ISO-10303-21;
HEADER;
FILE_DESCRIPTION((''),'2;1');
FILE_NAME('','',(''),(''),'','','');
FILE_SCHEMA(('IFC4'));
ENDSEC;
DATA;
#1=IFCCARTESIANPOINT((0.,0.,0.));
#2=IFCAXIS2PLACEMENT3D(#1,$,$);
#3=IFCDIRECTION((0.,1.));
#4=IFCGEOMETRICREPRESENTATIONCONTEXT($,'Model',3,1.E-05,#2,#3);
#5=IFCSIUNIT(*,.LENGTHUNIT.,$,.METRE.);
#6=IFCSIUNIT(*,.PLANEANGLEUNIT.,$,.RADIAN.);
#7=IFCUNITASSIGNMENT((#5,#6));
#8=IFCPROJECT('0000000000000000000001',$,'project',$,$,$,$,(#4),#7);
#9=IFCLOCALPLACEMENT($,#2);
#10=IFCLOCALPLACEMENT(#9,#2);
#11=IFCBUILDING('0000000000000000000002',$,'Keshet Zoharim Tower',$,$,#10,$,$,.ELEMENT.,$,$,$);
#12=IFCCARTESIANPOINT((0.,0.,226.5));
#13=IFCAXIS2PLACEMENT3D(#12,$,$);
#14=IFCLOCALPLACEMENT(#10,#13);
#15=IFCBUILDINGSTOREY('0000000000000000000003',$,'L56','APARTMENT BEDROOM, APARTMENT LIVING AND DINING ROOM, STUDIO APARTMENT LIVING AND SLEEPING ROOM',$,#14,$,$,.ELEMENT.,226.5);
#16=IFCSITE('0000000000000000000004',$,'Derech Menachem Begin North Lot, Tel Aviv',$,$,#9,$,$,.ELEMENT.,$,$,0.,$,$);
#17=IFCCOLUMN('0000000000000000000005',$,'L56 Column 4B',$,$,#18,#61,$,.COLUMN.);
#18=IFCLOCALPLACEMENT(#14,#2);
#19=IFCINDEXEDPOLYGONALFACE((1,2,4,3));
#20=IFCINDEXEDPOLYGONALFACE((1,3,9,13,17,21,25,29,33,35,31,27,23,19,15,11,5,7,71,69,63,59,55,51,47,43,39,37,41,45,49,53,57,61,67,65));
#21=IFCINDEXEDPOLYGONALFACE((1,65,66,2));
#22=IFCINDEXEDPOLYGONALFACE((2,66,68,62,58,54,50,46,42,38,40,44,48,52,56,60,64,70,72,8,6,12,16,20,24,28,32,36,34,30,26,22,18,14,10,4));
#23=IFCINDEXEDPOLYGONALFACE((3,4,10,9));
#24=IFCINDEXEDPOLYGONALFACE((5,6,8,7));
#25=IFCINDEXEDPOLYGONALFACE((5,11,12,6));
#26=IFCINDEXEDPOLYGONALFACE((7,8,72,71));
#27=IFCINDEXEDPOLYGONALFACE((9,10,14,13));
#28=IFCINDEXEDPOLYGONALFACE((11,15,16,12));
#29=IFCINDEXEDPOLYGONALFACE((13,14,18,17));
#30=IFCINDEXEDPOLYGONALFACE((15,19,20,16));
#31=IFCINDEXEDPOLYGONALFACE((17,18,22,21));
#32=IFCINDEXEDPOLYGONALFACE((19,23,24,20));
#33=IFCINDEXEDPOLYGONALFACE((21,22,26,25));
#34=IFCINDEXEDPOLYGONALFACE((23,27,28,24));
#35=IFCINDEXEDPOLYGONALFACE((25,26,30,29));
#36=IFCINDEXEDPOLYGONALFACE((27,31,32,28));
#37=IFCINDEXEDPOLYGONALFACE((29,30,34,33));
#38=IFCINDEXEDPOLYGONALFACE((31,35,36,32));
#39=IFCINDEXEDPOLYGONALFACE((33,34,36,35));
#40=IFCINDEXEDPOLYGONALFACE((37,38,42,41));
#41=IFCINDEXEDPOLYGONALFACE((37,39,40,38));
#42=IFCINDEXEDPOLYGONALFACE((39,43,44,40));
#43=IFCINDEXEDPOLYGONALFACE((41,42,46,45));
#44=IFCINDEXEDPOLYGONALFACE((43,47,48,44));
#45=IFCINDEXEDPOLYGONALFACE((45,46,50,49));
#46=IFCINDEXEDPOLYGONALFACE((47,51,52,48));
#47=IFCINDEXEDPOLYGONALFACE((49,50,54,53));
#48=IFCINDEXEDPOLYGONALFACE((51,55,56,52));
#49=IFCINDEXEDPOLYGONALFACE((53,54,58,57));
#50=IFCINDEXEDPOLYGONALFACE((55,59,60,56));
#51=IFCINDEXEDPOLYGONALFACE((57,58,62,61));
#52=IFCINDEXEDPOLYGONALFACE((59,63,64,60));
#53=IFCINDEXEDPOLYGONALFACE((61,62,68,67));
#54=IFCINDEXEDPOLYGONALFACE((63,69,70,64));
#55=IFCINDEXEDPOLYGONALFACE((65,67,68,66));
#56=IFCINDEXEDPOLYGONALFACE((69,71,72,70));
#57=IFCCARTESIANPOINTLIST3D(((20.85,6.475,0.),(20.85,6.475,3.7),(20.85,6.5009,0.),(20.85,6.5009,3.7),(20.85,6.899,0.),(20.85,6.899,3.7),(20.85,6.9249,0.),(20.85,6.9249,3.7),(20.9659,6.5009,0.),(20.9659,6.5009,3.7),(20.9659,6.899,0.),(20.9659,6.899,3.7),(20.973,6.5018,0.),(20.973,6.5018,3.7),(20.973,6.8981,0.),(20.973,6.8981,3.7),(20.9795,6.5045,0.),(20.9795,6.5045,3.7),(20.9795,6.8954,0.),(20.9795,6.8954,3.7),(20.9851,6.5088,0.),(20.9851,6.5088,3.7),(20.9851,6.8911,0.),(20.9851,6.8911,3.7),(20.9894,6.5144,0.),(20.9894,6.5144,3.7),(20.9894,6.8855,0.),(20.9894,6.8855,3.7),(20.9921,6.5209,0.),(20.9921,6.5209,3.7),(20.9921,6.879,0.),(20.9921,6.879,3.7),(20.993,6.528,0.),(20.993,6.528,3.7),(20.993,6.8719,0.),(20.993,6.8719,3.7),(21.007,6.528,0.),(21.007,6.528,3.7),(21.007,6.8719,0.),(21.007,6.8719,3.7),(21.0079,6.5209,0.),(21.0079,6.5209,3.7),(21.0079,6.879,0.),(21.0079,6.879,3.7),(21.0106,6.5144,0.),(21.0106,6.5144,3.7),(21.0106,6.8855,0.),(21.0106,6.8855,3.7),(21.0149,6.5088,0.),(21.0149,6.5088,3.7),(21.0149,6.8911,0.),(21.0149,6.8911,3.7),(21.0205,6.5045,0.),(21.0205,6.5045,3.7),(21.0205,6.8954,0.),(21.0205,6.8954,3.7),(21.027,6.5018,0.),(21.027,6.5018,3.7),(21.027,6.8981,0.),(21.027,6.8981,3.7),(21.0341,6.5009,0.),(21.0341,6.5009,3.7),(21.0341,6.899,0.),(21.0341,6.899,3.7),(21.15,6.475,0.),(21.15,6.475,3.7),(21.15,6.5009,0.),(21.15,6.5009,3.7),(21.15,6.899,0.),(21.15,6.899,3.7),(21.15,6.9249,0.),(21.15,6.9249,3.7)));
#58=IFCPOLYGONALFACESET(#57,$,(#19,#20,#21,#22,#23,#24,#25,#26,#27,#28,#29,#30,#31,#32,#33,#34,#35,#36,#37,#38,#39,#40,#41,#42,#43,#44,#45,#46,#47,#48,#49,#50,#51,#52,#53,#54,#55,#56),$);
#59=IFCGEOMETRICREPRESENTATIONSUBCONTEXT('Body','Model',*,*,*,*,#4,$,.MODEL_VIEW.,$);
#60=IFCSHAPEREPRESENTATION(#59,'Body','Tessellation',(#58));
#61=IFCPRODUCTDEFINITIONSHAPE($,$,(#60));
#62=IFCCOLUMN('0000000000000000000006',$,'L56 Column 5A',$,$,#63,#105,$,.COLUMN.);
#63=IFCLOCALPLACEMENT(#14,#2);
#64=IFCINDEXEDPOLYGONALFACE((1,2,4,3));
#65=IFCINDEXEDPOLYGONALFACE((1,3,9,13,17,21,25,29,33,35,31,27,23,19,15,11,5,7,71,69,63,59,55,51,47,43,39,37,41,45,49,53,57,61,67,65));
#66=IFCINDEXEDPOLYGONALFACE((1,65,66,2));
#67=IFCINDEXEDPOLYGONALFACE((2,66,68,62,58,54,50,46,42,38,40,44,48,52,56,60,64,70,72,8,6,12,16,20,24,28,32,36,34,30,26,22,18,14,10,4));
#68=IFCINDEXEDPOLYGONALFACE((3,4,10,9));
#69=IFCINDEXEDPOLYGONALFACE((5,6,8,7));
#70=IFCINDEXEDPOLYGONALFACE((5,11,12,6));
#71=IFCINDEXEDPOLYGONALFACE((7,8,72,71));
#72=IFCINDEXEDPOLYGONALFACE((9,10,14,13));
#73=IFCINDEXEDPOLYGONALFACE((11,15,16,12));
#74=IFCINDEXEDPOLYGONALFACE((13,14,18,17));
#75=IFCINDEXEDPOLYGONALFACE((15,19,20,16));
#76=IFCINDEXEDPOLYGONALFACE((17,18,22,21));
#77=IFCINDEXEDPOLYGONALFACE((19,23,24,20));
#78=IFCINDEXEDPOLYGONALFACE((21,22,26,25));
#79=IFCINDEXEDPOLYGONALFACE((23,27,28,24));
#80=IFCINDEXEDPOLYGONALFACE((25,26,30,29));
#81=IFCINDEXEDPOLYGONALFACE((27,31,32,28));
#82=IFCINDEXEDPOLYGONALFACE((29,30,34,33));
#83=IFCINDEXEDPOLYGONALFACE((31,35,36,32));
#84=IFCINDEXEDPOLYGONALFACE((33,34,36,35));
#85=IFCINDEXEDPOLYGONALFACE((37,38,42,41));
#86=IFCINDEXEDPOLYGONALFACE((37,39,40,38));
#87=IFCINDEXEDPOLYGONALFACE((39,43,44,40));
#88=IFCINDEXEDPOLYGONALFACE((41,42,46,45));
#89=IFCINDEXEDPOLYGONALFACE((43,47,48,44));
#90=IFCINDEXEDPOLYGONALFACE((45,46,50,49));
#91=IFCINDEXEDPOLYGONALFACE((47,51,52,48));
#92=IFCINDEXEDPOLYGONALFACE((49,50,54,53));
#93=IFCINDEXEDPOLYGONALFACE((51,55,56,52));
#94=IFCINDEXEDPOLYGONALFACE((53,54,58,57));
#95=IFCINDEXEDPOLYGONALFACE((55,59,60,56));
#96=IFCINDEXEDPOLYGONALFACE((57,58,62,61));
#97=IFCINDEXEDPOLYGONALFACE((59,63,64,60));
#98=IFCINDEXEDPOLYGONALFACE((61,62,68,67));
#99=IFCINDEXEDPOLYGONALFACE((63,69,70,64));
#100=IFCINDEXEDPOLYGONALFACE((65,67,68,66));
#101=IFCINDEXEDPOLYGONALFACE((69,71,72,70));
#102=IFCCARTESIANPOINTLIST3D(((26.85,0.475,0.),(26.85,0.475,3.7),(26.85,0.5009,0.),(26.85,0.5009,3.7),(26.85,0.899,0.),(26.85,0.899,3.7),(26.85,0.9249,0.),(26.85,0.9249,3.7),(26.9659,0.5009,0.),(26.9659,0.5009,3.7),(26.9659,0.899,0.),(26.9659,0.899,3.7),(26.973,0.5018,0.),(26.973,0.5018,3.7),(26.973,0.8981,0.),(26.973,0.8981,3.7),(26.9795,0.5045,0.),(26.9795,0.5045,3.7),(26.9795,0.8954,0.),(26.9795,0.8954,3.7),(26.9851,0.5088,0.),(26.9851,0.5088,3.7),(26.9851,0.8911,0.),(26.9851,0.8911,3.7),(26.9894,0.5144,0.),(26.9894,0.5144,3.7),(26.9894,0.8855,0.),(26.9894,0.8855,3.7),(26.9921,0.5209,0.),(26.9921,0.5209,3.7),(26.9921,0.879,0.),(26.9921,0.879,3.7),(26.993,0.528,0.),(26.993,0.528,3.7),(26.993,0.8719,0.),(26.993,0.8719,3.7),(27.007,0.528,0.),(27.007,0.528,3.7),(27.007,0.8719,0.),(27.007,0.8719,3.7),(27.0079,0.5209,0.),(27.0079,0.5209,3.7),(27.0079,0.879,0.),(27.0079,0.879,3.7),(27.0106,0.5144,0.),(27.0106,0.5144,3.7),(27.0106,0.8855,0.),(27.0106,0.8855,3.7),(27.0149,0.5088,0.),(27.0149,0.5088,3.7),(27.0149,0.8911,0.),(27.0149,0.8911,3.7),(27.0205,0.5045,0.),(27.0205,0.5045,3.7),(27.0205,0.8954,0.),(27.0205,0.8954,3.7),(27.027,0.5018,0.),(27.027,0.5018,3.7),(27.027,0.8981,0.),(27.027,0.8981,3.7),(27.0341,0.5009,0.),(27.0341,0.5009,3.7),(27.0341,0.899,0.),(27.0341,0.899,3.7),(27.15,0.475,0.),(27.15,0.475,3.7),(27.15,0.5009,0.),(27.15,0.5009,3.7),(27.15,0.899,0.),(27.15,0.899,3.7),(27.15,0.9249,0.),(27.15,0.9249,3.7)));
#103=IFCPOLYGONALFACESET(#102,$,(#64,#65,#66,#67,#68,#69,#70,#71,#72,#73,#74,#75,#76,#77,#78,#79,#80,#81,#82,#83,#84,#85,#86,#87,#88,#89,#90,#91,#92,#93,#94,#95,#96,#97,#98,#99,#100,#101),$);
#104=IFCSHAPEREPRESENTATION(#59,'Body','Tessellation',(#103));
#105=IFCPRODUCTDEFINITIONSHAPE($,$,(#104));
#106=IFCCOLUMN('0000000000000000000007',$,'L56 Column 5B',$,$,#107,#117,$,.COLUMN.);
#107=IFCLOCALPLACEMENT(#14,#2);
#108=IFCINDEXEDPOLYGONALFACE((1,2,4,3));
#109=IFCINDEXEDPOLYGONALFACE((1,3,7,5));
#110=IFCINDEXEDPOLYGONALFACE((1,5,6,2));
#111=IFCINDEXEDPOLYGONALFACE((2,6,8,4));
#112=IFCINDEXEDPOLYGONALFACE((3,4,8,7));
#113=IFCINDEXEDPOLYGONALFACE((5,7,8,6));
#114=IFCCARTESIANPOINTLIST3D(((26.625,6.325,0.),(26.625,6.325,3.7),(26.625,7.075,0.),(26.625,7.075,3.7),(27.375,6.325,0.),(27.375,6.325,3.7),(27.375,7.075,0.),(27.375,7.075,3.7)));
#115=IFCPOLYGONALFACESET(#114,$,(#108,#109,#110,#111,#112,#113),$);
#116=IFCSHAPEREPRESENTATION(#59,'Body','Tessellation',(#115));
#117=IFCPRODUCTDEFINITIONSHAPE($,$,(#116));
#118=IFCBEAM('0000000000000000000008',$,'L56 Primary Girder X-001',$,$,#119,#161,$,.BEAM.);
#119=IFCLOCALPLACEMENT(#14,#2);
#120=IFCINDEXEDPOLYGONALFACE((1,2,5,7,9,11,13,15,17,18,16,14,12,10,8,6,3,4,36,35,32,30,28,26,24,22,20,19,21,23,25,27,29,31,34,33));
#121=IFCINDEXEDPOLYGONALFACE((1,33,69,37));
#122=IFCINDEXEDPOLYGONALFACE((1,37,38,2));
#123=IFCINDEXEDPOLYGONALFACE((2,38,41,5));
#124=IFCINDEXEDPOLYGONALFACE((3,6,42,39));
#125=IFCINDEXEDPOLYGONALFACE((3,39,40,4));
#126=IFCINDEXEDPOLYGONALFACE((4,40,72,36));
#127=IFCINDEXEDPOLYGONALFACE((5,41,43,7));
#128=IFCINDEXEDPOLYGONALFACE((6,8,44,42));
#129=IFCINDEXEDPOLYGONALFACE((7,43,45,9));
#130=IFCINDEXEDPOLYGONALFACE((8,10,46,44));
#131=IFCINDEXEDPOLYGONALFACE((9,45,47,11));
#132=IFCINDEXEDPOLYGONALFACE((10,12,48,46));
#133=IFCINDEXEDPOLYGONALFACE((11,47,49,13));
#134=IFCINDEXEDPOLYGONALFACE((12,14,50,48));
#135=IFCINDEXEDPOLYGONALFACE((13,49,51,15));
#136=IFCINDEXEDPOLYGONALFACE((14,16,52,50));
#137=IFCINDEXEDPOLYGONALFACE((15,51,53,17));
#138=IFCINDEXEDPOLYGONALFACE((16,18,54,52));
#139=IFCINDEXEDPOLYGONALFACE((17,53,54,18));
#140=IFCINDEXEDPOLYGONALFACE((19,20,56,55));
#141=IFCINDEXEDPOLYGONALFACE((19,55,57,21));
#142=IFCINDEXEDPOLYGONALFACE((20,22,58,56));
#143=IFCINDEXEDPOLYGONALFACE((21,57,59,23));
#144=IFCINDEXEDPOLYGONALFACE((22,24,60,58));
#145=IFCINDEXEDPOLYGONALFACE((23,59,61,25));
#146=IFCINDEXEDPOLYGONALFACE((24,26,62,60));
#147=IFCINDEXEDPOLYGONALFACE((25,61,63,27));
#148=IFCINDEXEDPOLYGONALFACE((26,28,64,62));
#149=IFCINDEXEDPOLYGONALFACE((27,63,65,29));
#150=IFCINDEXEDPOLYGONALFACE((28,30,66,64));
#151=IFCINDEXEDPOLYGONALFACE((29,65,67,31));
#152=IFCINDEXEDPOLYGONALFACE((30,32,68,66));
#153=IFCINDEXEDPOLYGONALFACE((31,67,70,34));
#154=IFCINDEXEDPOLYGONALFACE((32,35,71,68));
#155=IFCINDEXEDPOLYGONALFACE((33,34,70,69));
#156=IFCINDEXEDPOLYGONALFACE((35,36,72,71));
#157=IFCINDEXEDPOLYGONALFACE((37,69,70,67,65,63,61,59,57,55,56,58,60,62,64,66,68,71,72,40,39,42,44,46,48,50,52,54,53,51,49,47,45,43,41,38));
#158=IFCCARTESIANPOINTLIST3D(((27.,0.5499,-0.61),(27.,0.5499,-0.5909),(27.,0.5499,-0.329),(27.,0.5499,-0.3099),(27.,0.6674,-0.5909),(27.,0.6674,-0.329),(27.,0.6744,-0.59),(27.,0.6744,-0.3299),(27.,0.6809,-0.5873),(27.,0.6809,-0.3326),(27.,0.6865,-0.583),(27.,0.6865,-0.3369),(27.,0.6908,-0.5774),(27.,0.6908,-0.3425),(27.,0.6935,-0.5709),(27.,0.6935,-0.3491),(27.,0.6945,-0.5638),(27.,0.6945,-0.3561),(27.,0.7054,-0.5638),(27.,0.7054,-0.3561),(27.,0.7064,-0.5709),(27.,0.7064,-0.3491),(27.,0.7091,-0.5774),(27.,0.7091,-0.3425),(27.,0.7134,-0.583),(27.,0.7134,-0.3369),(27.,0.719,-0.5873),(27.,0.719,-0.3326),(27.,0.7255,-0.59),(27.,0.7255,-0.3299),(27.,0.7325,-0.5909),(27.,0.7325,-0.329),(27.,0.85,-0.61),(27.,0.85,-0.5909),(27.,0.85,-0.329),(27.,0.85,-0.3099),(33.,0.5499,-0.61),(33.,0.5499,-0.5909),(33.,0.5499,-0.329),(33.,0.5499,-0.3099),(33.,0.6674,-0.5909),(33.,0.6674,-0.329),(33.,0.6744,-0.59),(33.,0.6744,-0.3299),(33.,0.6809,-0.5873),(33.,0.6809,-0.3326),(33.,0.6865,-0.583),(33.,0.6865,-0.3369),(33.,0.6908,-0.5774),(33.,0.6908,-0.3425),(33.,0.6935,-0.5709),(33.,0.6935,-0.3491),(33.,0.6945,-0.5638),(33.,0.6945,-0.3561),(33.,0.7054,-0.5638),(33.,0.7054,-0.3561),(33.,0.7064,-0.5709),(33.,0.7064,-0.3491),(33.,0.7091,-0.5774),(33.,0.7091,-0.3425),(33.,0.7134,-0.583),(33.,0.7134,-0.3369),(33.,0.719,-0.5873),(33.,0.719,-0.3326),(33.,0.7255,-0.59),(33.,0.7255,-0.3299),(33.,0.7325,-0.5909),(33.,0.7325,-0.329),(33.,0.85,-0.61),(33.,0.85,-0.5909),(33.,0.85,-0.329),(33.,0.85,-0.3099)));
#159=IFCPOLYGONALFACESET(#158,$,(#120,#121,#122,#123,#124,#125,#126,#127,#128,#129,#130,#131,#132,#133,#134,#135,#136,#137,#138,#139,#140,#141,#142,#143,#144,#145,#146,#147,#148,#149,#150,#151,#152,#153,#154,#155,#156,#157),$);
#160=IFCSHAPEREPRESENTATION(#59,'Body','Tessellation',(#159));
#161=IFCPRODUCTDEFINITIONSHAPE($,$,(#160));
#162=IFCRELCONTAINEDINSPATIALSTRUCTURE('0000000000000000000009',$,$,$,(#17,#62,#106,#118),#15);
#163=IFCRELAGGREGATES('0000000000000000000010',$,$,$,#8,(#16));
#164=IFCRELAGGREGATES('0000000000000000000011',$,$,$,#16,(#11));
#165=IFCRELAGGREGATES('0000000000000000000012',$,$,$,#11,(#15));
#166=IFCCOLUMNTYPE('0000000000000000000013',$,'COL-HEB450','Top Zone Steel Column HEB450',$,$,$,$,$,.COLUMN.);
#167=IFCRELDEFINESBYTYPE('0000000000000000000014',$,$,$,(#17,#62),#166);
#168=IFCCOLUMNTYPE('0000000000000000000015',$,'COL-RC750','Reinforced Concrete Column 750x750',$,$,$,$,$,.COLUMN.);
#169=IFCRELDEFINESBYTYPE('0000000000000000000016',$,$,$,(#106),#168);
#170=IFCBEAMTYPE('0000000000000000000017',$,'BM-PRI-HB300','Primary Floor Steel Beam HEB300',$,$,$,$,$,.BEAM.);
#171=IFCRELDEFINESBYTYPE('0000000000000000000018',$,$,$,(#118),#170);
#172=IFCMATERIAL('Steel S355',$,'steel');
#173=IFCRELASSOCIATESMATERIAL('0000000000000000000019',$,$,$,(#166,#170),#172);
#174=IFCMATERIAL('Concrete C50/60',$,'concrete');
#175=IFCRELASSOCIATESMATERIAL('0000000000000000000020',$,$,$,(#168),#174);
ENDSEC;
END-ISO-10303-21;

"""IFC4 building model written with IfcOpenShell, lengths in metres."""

from ifc_helpers import new_model, si_unit, direction, frame, origin, origin_2d, place, context, subcontext, project, spatial, rectangle, i_section, extrude, material, material_profile, profile_set, type_object, element, save


model = new_model("IFC4")

# Units and contexts
model_context = context("Model", 3, precision=1e-05, world=origin(), true_north=direction((0.0, 1.0)))
body_context = subcontext(model_context, "Body", "Model", "MODEL_VIEW")
ifc_project = project(units=[si_unit("LENGTHUNIT", "METRE"), si_unit("PLANEANGLEUNIT", "RADIAN")], contexts=[model_context])

# Site, building, storey
site_placement = place(None, origin())
site = spatial("IfcSite", under=ifc_project, at=site_placement, Name="Derech Menachem Begin North Lot, Tel Aviv", CompositionType="ELEMENT", RefElevation=0.0)
building_placement = place(site_placement, origin())
building = spatial("IfcBuilding", under=site, at=building_placement, Name="Keshet Zoharim Tower", CompositionType="ELEMENT")
storey_placement = place(building_placement, frame((0.0, 0.0, 226.5)))
storey = spatial("IfcBuildingStorey", under=building, at=storey_placement, Name="L56", Description="APARTMENT BEDROOM, APARTMENT LIVING AND DINING ROOM, STUDIO APARTMENT LIVING AND SLEEPING ROOM", CompositionType="ELEMENT", Elevation=226.5)

# Columns
ifc_material_1 = material(Name="Steel S355", Category="steel")
ifc_material_profile_1 = material_profile(ifc_material_1, i_section(OverallWidth=0.3, OverallDepth=0.45, WebThickness=0.0139, FlangeThickness=0.0259, FilletRadius=0.0271, at=origin_2d()), Name="HEB450")
ifc_profile_set_1 = profile_set([ifc_material_profile_1], Name="Steel S355")
column_type_1 = type_object("IfcColumnType", Name="COL-HEB450", Description="Top Zone Steel Column HEB450", PredefinedType="COLUMN", material=ifc_profile_set_1)
for number, where, z_axis, x_axis, name in (
    (1, (21.0, 6.7, 0.0), (0.0, 0.0, 1.0), (1.0, 0.0, 0.0), "L56 Column 4B"),
    (2, (27.0, 0.7, 0.0), (0.0, 0.0, 1.0), (1.0, 0.0, 0.0), "L56 Column 5A"),
):
    element("IfcColumn", number, at=place(storey_placement, frame(where, z_axis=z_axis, x_axis=x_axis)), inside=storey, type_object=column_type_1, Name=name, PredefinedType="COLUMN", context=body_context, shape_type="SweptSolid", body=[
        extrude(i_section(OverallWidth=0.3, OverallDepth=0.45, WebThickness=0.0139, FlangeThickness=0.0259, FilletRadius=0.0271, at=origin_2d()), origin(), (0.0, 0.0, 1.0), 3.7),
    ])
ifc_material_2 = material(Name="Concrete C50/60", Category="concrete")
ifc_material_profile_2 = material_profile(ifc_material_2, rectangle(XDim=0.75, YDim=0.75, at=origin_2d()), Name="RC750x750")
ifc_profile_set_2 = profile_set([ifc_material_profile_2], Name="Concrete C50/60")
column_type_2 = type_object("IfcColumnType", Name="COL-RC750", Description="Reinforced Concrete Column 750x750", PredefinedType="COLUMN", material=ifc_profile_set_2)
column_placement = place(storey_placement, frame((27.0, 6.7, 0.0), z_axis=(0.0, 0.0, 1.0), x_axis=(1.0, 0.0, 0.0)))
element("IfcColumn", 3, at=column_placement, inside=storey, type_object=column_type_2, Name="L56 Column 5B", PredefinedType="COLUMN", context=body_context, shape_type="SweptSolid", body=[
    extrude(rectangle(XDim=0.75, YDim=0.75, at=origin_2d()), origin(), (0.0, 0.0, 1.0), 3.7),
])

# Beam
ifc_material_profile_3 = material_profile(ifc_material_1, i_section(OverallWidth=0.3, OverallDepth=0.3, WebThickness=0.011, FlangeThickness=0.019, FilletRadius=0.0271, at=origin_2d()), Name="HEB300")
ifc_profile_set_3 = profile_set([ifc_material_profile_3], Name="Steel S355")
beam_type_1 = type_object("IfcBeamType", Name="BM-PRI-HB300", Description="Primary Floor Steel Beam HEB300", PredefinedType="BEAM", material=ifc_profile_set_3)
for number, where, z_axis, x_axis, name in (
    (4, (27.0, 0.7, -0.46), (1.0, 0.0, 0.0), (0.0, 1.0, 0.0), "L56 Primary Girder X-001"),
):
    element("IfcBeam", number, at=place(storey_placement, frame(where, z_axis=z_axis, x_axis=x_axis)), inside=storey, type_object=beam_type_1, Name=name, PredefinedType="BEAM", context=body_context, shape_type="SweptSolid", body=[
        extrude(i_section(OverallWidth=0.3, OverallDepth=0.3, WebThickness=0.011, FlangeThickness=0.019, FilletRadius=0.0271, at=origin_2d()), origin(), (0.0, 0.0, 1.0), 6.0),
    ])

save(model, "model.ifc")
